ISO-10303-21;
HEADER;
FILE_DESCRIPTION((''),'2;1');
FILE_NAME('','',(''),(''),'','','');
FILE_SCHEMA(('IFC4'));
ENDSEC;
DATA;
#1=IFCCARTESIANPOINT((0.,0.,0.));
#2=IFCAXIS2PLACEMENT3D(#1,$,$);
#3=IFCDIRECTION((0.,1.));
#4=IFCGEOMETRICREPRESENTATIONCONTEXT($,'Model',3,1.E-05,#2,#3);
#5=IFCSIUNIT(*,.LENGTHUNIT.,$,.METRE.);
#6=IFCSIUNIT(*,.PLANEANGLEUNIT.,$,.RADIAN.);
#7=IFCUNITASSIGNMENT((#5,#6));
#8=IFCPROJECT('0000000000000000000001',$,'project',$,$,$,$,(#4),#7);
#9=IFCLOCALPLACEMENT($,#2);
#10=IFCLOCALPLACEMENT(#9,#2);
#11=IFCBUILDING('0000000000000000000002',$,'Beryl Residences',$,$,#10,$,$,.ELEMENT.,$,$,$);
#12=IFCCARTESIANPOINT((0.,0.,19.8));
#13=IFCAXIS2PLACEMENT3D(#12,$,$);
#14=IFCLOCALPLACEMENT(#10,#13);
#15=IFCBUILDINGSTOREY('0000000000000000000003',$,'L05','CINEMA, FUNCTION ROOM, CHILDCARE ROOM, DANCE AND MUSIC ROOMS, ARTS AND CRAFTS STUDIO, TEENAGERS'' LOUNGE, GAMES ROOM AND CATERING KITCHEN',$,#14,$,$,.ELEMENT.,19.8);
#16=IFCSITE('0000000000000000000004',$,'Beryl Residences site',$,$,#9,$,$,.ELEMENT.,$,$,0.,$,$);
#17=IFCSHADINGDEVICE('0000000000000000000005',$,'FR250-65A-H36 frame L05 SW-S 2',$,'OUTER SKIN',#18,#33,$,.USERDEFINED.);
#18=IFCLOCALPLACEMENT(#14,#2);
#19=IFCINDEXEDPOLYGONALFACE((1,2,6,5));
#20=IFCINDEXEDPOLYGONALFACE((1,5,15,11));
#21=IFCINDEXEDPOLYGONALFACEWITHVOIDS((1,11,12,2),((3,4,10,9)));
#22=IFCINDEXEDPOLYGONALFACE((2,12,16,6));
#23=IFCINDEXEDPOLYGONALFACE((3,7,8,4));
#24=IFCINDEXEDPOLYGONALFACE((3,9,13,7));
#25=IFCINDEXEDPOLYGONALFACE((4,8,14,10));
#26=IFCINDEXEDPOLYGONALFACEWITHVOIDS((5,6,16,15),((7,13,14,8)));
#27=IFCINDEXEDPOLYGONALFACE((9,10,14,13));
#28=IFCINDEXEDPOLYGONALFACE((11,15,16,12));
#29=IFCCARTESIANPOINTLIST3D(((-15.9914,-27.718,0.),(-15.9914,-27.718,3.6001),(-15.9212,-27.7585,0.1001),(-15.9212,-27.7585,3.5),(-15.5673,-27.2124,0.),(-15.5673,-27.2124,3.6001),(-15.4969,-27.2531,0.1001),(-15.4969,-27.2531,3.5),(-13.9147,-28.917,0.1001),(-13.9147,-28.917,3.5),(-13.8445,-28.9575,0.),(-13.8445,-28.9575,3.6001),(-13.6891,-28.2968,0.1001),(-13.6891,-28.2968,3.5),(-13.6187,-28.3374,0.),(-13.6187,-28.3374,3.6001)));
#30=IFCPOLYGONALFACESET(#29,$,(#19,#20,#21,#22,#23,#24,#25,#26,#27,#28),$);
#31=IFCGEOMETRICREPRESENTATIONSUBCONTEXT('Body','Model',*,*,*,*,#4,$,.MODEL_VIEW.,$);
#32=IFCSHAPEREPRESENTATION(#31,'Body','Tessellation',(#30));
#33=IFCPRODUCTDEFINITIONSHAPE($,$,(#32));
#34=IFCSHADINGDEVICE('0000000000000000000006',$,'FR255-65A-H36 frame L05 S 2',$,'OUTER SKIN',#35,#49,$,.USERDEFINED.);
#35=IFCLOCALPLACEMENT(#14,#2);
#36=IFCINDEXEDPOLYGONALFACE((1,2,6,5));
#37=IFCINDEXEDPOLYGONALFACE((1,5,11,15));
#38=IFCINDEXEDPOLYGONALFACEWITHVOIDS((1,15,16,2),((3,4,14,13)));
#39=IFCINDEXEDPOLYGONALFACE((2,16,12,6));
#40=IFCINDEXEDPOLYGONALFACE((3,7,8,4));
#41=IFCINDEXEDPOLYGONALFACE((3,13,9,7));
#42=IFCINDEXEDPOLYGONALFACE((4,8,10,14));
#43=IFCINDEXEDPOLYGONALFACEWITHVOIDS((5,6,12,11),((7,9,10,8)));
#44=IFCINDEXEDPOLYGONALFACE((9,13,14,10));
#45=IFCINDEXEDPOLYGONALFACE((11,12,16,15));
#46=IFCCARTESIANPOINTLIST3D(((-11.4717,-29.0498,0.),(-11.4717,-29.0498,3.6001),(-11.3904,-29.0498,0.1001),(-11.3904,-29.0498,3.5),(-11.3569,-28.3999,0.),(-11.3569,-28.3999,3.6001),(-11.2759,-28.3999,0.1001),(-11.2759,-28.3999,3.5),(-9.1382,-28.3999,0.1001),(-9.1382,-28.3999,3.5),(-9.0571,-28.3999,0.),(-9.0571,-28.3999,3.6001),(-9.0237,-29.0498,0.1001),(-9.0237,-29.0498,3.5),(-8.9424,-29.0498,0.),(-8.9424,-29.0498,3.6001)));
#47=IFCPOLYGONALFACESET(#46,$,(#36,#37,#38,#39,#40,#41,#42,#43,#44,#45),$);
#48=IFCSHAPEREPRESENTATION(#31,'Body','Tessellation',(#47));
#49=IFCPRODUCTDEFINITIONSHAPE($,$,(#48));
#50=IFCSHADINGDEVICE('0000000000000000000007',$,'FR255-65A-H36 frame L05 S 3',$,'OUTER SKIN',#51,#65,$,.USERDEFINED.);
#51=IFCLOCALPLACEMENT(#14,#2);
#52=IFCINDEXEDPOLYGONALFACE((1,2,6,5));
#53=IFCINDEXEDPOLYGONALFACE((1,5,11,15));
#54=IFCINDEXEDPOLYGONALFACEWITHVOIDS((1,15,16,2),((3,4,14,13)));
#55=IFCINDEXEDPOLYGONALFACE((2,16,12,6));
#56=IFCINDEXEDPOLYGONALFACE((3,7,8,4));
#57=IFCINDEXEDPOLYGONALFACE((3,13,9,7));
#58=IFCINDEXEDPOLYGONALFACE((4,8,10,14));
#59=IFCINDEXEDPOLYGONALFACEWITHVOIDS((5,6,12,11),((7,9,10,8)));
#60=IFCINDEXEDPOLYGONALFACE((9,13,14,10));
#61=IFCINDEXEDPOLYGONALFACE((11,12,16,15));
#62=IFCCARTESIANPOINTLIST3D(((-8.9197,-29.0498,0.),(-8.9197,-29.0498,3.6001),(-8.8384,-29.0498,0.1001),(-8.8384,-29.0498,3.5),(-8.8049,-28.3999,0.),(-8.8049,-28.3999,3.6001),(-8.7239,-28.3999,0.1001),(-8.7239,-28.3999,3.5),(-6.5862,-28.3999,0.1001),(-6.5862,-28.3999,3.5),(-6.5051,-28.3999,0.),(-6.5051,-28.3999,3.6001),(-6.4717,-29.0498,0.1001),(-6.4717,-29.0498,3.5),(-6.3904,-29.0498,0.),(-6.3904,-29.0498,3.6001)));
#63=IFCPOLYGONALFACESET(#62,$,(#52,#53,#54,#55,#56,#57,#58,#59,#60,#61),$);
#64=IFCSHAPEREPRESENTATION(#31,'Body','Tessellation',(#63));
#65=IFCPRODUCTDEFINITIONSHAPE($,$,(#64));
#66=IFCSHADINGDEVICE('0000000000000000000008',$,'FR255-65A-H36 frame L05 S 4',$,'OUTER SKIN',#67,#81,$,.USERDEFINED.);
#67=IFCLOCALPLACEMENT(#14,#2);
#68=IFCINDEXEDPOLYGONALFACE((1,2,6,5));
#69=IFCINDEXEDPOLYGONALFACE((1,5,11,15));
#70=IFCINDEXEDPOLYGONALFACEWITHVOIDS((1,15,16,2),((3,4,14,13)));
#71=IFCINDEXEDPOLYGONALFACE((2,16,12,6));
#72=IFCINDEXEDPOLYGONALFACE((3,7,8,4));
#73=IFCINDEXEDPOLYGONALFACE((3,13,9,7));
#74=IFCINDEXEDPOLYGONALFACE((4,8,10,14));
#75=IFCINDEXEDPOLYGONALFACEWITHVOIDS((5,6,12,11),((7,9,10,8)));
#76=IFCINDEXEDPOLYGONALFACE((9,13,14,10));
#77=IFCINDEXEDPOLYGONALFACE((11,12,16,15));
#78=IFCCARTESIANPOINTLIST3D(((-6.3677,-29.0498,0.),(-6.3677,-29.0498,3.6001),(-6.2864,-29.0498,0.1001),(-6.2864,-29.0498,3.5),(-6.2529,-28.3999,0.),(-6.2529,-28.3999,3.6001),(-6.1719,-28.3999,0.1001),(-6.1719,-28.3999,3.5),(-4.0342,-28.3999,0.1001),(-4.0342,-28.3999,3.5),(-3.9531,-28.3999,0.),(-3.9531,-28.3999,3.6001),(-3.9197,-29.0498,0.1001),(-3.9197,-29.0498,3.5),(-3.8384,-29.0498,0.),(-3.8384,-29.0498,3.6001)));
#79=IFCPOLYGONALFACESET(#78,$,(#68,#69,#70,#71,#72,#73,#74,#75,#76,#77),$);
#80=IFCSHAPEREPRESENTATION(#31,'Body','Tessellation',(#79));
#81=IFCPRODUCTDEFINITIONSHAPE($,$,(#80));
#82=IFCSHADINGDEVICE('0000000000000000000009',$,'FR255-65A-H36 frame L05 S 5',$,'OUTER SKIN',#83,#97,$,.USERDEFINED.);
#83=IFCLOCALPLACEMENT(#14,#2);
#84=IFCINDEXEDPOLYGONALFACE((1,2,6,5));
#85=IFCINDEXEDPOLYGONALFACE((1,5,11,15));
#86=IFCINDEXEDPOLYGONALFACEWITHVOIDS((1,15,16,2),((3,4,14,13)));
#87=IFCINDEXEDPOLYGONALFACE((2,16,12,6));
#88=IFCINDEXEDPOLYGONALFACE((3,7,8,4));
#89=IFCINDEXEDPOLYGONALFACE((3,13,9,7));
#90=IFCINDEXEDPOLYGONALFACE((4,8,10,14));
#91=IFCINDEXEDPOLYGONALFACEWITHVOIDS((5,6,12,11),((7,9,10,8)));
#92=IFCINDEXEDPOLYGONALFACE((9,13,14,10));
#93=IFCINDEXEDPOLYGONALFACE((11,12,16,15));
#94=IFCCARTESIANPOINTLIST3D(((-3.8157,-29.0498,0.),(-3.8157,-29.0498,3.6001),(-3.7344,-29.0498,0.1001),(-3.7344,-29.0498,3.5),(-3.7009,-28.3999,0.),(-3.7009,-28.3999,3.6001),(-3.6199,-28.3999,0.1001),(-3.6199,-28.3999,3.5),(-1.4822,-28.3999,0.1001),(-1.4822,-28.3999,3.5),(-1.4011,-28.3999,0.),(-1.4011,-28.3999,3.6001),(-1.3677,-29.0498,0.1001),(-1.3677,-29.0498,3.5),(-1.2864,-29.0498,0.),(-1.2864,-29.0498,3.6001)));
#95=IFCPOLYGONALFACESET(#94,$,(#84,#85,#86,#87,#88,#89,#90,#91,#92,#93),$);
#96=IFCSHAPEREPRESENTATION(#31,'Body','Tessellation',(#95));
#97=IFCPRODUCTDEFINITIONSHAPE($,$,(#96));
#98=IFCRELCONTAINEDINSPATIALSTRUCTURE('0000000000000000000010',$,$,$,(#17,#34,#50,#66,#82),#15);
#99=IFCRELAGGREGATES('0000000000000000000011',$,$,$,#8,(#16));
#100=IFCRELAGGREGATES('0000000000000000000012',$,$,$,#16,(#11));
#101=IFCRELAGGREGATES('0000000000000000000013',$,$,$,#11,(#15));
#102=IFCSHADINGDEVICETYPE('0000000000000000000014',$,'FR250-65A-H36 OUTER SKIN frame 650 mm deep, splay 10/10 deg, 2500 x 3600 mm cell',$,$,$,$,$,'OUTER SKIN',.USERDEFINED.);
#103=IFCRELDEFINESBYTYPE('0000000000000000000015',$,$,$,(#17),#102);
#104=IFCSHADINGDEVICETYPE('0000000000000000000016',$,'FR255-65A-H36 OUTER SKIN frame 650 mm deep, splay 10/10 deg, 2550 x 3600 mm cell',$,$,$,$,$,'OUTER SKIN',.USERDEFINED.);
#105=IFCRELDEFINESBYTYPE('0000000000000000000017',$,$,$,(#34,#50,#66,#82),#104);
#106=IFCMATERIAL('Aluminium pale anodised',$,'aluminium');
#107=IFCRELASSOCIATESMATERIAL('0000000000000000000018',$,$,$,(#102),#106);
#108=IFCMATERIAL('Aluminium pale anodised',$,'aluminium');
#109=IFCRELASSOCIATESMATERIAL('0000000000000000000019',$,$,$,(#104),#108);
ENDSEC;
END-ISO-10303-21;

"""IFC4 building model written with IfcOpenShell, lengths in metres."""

from ifc_helpers import new_model, entity, si_unit, direction, frame, origin, place, context, subcontext, project, spatial, source, transform, mapped, material, type_object, type_shapes, element, save


model = new_model("IFC4")

# Units and contexts
model_context = context("Model", 3, precision=1e-05, world=origin(), true_north=direction((0.0, 1.0)))
body_context = subcontext(model_context, "Body", "Model", "MODEL_VIEW")
ifc_project = project(units=[si_unit("LENGTHUNIT", "METRE"), si_unit("PLANEANGLEUNIT", "RADIAN")], contexts=[model_context])

# Site, building, storey
site_placement = place(None, origin())
site = spatial("IfcSite", under=ifc_project, at=site_placement, Name="Beryl Residences site", CompositionType="ELEMENT", RefElevation=0.0)
building_placement = place(site_placement, origin())
building = spatial("IfcBuilding", under=site, at=building_placement, Name="Beryl Residences", CompositionType="ELEMENT")
storey_placement = place(building_placement, frame((0.0, 0.0, 19.8)))
storey = spatial("IfcBuildingStorey", under=building, at=storey_placement, Name="L05", Description="CINEMA, FUNCTION ROOM, CHILDCARE ROOM, DANCE AND MUSIC ROOMS, ARTS AND CRAFTS STUDIO, TEENAGERS' LOUNGE, GAMES ROOM AND CATERING KITCHEN", CompositionType="ELEMENT", Elevation=19.8)

# Shading devices
ifc_material_1 = material(Name="Aluminium pale anodised", Category="aluminium")
shading_device_type_1 = type_object("IfcShadingDeviceType", Name="FR250-65A-H36 OUTER SKIN frame 650 mm deep, splay 10/10 deg, 2500 x 3600 mm cell", ElementType="OUTER SKIN", PredefinedType="USERDEFINED", material=ifc_material_1)
cartesian_point_1 = entity("IfcCartesianPoint", [-1.125, 0.0])
cartesian_point_2 = entity("IfcCartesianPoint", [-1.0437, 0.1001])
cartesian_point_3 = entity("IfcCartesianPoint", [-1.2395, 0.0])
cartesian_point_4 = entity("IfcCartesianPoint", [-1.1584, 0.1001])
shared_shape_1 = source(origin(), body_context, "Body", "SweptSolid", [
    entity("IfcExtrudedAreaSolidTapered", entity("IfcArbitraryProfileDefWithVoids", "AREA", None, entity("IfcPolyline", [cartesian_point_1, entity("IfcCartesianPoint", [1.125, 0.0]), entity("IfcCartesianPoint", [1.125, 3.6001]), entity("IfcCartesianPoint", [-1.125, 3.6001]), cartesian_point_1]), [entity("IfcPolyline", [cartesian_point_2, entity("IfcCartesianPoint", [1.0437, 0.1001]), entity("IfcCartesianPoint", [1.0437, 3.5]), entity("IfcCartesianPoint", [-1.0437, 3.5]), cartesian_point_2])]), entity("IfcAxis2Placement3D", entity("IfcCartesianPoint", [0.0, 0.0, 0.0]), entity("IfcDirection", [0.0, 1.0, 0.0]), entity("IfcDirection", [-1.0, 0.0, 0.0])), entity("IfcDirection", [0.0, 0.0, 1.0]), 0.6499, entity("IfcArbitraryProfileDefWithVoids", "AREA", None, entity("IfcPolyline", [cartesian_point_3, entity("IfcCartesianPoint", [1.2395, 0.0]), entity("IfcCartesianPoint", [1.2395, 3.6001]), entity("IfcCartesianPoint", [-1.2395, 3.6001]), cartesian_point_3]), [entity("IfcPolyline", [cartesian_point_4, entity("IfcCartesianPoint", [1.1584, 0.1001]), entity("IfcCartesianPoint", [1.1584, 3.5]), entity("IfcCartesianPoint", [-1.1584, 3.5]), cartesian_point_4])])),
])
type_shapes(shading_device_type_1, [shared_shape_1])
shading_device_1_placement = place(storey_placement, frame((-14.593, -27.7749, 0.0), z_axis=(0.0, 0.0, 1.0), x_axis=(-0.866025, 0.5, 0.0)))
element("IfcShadingDevice", 1, at=shading_device_1_placement, inside=storey, type_object=shading_device_type_1, Name="FR250-65A-H36 frame L05 SW-S 2", ObjectType="OUTER SKIN", PredefinedType="USERDEFINED", context=body_context, shape_type="MappedRepresentation", body=[
    mapped(shared_shape_1, transform((0.0, 0.0, 0.0))),
])
ifc_material_2 = material(Name="Aluminium pale anodised", Category="aluminium")
shading_device_type_2 = type_object("IfcShadingDeviceType", Name="FR255-65A-H36 OUTER SKIN frame 650 mm deep, splay 10/10 deg, 2550 x 3600 mm cell", ElementType="OUTER SKIN", PredefinedType="USERDEFINED", material=ifc_material_2)
cartesian_point_5 = entity("IfcCartesianPoint", [-1.1499, 0.0])
cartesian_point_6 = entity("IfcCartesianPoint", [-1.0688, 0.1001])
cartesian_point_7 = entity("IfcCartesianPoint", [-1.2646, 0.0])
cartesian_point_8 = entity("IfcCartesianPoint", [-1.1833, 0.1001])
shared_shape_2 = source(origin(), body_context, "Body", "SweptSolid", [
    entity("IfcExtrudedAreaSolidTapered", entity("IfcArbitraryProfileDefWithVoids", "AREA", None, entity("IfcPolyline", [cartesian_point_5, entity("IfcCartesianPoint", [1.1499, 0.0]), entity("IfcCartesianPoint", [1.1499, 3.6001]), entity("IfcCartesianPoint", [-1.1499, 3.6001]), cartesian_point_5]), [entity("IfcPolyline", [cartesian_point_6, entity("IfcCartesianPoint", [1.0688, 0.1001]), entity("IfcCartesianPoint", [1.0688, 3.5]), entity("IfcCartesianPoint", [-1.0688, 3.5]), cartesian_point_6])]), entity("IfcAxis2Placement3D", entity("IfcCartesianPoint", [0.0, 0.0, 0.0]), entity("IfcDirection", [0.0, 1.0, 0.0]), entity("IfcDirection", [-1.0, 0.0, 0.0])), entity("IfcDirection", [0.0, 0.0, 1.0]), 0.6499, entity("IfcArbitraryProfileDefWithVoids", "AREA", None, entity("IfcPolyline", [cartesian_point_7, entity("IfcCartesianPoint", [1.2646, 0.0]), entity("IfcCartesianPoint", [1.2646, 3.6001]), entity("IfcCartesianPoint", [-1.2646, 3.6001]), cartesian_point_7]), [entity("IfcPolyline", [cartesian_point_8, entity("IfcCartesianPoint", [1.1833, 0.1001]), entity("IfcCartesianPoint", [1.1833, 3.5]), entity("IfcCartesianPoint", [-1.1833, 3.5]), cartesian_point_8])])),
])
type_shapes(shading_device_type_2, [shared_shape_2])
for number, where, z_axis, x_axis, name in (
    (2, (-10.207, -28.3999, 0.0), (0.0, 0.0, 1.0), (-1.0, 0.0, 0.0), "FR255-65A-H36 frame L05 S 2"),
    (3, (-7.655, -28.3999, 0.0), (0.0, 0.0, 1.0), (-1.0, 0.0, 0.0), "FR255-65A-H36 frame L05 S 3"),
    (4, (-5.103, -28.3999, 0.0), (0.0, 0.0, 1.0), (-1.0, 0.0, 0.0), "FR255-65A-H36 frame L05 S 4"),
    (5, (-2.551, -28.3999, 0.0), (0.0, 0.0, 1.0), (-1.0, 0.0, 0.0), "FR255-65A-H36 frame L05 S 5"),
):
    element("IfcShadingDevice", number, at=place(storey_placement, frame(where, z_axis=z_axis, x_axis=x_axis)), inside=storey, type_object=shading_device_type_2, Name=name, ObjectType="OUTER SKIN", PredefinedType="USERDEFINED", context=body_context, shape_type="MappedRepresentation", body=[
        mapped(shared_shape_2, transform((0.0, 0.0, 0.0))),
    ])

save(model, "model.ifc")
